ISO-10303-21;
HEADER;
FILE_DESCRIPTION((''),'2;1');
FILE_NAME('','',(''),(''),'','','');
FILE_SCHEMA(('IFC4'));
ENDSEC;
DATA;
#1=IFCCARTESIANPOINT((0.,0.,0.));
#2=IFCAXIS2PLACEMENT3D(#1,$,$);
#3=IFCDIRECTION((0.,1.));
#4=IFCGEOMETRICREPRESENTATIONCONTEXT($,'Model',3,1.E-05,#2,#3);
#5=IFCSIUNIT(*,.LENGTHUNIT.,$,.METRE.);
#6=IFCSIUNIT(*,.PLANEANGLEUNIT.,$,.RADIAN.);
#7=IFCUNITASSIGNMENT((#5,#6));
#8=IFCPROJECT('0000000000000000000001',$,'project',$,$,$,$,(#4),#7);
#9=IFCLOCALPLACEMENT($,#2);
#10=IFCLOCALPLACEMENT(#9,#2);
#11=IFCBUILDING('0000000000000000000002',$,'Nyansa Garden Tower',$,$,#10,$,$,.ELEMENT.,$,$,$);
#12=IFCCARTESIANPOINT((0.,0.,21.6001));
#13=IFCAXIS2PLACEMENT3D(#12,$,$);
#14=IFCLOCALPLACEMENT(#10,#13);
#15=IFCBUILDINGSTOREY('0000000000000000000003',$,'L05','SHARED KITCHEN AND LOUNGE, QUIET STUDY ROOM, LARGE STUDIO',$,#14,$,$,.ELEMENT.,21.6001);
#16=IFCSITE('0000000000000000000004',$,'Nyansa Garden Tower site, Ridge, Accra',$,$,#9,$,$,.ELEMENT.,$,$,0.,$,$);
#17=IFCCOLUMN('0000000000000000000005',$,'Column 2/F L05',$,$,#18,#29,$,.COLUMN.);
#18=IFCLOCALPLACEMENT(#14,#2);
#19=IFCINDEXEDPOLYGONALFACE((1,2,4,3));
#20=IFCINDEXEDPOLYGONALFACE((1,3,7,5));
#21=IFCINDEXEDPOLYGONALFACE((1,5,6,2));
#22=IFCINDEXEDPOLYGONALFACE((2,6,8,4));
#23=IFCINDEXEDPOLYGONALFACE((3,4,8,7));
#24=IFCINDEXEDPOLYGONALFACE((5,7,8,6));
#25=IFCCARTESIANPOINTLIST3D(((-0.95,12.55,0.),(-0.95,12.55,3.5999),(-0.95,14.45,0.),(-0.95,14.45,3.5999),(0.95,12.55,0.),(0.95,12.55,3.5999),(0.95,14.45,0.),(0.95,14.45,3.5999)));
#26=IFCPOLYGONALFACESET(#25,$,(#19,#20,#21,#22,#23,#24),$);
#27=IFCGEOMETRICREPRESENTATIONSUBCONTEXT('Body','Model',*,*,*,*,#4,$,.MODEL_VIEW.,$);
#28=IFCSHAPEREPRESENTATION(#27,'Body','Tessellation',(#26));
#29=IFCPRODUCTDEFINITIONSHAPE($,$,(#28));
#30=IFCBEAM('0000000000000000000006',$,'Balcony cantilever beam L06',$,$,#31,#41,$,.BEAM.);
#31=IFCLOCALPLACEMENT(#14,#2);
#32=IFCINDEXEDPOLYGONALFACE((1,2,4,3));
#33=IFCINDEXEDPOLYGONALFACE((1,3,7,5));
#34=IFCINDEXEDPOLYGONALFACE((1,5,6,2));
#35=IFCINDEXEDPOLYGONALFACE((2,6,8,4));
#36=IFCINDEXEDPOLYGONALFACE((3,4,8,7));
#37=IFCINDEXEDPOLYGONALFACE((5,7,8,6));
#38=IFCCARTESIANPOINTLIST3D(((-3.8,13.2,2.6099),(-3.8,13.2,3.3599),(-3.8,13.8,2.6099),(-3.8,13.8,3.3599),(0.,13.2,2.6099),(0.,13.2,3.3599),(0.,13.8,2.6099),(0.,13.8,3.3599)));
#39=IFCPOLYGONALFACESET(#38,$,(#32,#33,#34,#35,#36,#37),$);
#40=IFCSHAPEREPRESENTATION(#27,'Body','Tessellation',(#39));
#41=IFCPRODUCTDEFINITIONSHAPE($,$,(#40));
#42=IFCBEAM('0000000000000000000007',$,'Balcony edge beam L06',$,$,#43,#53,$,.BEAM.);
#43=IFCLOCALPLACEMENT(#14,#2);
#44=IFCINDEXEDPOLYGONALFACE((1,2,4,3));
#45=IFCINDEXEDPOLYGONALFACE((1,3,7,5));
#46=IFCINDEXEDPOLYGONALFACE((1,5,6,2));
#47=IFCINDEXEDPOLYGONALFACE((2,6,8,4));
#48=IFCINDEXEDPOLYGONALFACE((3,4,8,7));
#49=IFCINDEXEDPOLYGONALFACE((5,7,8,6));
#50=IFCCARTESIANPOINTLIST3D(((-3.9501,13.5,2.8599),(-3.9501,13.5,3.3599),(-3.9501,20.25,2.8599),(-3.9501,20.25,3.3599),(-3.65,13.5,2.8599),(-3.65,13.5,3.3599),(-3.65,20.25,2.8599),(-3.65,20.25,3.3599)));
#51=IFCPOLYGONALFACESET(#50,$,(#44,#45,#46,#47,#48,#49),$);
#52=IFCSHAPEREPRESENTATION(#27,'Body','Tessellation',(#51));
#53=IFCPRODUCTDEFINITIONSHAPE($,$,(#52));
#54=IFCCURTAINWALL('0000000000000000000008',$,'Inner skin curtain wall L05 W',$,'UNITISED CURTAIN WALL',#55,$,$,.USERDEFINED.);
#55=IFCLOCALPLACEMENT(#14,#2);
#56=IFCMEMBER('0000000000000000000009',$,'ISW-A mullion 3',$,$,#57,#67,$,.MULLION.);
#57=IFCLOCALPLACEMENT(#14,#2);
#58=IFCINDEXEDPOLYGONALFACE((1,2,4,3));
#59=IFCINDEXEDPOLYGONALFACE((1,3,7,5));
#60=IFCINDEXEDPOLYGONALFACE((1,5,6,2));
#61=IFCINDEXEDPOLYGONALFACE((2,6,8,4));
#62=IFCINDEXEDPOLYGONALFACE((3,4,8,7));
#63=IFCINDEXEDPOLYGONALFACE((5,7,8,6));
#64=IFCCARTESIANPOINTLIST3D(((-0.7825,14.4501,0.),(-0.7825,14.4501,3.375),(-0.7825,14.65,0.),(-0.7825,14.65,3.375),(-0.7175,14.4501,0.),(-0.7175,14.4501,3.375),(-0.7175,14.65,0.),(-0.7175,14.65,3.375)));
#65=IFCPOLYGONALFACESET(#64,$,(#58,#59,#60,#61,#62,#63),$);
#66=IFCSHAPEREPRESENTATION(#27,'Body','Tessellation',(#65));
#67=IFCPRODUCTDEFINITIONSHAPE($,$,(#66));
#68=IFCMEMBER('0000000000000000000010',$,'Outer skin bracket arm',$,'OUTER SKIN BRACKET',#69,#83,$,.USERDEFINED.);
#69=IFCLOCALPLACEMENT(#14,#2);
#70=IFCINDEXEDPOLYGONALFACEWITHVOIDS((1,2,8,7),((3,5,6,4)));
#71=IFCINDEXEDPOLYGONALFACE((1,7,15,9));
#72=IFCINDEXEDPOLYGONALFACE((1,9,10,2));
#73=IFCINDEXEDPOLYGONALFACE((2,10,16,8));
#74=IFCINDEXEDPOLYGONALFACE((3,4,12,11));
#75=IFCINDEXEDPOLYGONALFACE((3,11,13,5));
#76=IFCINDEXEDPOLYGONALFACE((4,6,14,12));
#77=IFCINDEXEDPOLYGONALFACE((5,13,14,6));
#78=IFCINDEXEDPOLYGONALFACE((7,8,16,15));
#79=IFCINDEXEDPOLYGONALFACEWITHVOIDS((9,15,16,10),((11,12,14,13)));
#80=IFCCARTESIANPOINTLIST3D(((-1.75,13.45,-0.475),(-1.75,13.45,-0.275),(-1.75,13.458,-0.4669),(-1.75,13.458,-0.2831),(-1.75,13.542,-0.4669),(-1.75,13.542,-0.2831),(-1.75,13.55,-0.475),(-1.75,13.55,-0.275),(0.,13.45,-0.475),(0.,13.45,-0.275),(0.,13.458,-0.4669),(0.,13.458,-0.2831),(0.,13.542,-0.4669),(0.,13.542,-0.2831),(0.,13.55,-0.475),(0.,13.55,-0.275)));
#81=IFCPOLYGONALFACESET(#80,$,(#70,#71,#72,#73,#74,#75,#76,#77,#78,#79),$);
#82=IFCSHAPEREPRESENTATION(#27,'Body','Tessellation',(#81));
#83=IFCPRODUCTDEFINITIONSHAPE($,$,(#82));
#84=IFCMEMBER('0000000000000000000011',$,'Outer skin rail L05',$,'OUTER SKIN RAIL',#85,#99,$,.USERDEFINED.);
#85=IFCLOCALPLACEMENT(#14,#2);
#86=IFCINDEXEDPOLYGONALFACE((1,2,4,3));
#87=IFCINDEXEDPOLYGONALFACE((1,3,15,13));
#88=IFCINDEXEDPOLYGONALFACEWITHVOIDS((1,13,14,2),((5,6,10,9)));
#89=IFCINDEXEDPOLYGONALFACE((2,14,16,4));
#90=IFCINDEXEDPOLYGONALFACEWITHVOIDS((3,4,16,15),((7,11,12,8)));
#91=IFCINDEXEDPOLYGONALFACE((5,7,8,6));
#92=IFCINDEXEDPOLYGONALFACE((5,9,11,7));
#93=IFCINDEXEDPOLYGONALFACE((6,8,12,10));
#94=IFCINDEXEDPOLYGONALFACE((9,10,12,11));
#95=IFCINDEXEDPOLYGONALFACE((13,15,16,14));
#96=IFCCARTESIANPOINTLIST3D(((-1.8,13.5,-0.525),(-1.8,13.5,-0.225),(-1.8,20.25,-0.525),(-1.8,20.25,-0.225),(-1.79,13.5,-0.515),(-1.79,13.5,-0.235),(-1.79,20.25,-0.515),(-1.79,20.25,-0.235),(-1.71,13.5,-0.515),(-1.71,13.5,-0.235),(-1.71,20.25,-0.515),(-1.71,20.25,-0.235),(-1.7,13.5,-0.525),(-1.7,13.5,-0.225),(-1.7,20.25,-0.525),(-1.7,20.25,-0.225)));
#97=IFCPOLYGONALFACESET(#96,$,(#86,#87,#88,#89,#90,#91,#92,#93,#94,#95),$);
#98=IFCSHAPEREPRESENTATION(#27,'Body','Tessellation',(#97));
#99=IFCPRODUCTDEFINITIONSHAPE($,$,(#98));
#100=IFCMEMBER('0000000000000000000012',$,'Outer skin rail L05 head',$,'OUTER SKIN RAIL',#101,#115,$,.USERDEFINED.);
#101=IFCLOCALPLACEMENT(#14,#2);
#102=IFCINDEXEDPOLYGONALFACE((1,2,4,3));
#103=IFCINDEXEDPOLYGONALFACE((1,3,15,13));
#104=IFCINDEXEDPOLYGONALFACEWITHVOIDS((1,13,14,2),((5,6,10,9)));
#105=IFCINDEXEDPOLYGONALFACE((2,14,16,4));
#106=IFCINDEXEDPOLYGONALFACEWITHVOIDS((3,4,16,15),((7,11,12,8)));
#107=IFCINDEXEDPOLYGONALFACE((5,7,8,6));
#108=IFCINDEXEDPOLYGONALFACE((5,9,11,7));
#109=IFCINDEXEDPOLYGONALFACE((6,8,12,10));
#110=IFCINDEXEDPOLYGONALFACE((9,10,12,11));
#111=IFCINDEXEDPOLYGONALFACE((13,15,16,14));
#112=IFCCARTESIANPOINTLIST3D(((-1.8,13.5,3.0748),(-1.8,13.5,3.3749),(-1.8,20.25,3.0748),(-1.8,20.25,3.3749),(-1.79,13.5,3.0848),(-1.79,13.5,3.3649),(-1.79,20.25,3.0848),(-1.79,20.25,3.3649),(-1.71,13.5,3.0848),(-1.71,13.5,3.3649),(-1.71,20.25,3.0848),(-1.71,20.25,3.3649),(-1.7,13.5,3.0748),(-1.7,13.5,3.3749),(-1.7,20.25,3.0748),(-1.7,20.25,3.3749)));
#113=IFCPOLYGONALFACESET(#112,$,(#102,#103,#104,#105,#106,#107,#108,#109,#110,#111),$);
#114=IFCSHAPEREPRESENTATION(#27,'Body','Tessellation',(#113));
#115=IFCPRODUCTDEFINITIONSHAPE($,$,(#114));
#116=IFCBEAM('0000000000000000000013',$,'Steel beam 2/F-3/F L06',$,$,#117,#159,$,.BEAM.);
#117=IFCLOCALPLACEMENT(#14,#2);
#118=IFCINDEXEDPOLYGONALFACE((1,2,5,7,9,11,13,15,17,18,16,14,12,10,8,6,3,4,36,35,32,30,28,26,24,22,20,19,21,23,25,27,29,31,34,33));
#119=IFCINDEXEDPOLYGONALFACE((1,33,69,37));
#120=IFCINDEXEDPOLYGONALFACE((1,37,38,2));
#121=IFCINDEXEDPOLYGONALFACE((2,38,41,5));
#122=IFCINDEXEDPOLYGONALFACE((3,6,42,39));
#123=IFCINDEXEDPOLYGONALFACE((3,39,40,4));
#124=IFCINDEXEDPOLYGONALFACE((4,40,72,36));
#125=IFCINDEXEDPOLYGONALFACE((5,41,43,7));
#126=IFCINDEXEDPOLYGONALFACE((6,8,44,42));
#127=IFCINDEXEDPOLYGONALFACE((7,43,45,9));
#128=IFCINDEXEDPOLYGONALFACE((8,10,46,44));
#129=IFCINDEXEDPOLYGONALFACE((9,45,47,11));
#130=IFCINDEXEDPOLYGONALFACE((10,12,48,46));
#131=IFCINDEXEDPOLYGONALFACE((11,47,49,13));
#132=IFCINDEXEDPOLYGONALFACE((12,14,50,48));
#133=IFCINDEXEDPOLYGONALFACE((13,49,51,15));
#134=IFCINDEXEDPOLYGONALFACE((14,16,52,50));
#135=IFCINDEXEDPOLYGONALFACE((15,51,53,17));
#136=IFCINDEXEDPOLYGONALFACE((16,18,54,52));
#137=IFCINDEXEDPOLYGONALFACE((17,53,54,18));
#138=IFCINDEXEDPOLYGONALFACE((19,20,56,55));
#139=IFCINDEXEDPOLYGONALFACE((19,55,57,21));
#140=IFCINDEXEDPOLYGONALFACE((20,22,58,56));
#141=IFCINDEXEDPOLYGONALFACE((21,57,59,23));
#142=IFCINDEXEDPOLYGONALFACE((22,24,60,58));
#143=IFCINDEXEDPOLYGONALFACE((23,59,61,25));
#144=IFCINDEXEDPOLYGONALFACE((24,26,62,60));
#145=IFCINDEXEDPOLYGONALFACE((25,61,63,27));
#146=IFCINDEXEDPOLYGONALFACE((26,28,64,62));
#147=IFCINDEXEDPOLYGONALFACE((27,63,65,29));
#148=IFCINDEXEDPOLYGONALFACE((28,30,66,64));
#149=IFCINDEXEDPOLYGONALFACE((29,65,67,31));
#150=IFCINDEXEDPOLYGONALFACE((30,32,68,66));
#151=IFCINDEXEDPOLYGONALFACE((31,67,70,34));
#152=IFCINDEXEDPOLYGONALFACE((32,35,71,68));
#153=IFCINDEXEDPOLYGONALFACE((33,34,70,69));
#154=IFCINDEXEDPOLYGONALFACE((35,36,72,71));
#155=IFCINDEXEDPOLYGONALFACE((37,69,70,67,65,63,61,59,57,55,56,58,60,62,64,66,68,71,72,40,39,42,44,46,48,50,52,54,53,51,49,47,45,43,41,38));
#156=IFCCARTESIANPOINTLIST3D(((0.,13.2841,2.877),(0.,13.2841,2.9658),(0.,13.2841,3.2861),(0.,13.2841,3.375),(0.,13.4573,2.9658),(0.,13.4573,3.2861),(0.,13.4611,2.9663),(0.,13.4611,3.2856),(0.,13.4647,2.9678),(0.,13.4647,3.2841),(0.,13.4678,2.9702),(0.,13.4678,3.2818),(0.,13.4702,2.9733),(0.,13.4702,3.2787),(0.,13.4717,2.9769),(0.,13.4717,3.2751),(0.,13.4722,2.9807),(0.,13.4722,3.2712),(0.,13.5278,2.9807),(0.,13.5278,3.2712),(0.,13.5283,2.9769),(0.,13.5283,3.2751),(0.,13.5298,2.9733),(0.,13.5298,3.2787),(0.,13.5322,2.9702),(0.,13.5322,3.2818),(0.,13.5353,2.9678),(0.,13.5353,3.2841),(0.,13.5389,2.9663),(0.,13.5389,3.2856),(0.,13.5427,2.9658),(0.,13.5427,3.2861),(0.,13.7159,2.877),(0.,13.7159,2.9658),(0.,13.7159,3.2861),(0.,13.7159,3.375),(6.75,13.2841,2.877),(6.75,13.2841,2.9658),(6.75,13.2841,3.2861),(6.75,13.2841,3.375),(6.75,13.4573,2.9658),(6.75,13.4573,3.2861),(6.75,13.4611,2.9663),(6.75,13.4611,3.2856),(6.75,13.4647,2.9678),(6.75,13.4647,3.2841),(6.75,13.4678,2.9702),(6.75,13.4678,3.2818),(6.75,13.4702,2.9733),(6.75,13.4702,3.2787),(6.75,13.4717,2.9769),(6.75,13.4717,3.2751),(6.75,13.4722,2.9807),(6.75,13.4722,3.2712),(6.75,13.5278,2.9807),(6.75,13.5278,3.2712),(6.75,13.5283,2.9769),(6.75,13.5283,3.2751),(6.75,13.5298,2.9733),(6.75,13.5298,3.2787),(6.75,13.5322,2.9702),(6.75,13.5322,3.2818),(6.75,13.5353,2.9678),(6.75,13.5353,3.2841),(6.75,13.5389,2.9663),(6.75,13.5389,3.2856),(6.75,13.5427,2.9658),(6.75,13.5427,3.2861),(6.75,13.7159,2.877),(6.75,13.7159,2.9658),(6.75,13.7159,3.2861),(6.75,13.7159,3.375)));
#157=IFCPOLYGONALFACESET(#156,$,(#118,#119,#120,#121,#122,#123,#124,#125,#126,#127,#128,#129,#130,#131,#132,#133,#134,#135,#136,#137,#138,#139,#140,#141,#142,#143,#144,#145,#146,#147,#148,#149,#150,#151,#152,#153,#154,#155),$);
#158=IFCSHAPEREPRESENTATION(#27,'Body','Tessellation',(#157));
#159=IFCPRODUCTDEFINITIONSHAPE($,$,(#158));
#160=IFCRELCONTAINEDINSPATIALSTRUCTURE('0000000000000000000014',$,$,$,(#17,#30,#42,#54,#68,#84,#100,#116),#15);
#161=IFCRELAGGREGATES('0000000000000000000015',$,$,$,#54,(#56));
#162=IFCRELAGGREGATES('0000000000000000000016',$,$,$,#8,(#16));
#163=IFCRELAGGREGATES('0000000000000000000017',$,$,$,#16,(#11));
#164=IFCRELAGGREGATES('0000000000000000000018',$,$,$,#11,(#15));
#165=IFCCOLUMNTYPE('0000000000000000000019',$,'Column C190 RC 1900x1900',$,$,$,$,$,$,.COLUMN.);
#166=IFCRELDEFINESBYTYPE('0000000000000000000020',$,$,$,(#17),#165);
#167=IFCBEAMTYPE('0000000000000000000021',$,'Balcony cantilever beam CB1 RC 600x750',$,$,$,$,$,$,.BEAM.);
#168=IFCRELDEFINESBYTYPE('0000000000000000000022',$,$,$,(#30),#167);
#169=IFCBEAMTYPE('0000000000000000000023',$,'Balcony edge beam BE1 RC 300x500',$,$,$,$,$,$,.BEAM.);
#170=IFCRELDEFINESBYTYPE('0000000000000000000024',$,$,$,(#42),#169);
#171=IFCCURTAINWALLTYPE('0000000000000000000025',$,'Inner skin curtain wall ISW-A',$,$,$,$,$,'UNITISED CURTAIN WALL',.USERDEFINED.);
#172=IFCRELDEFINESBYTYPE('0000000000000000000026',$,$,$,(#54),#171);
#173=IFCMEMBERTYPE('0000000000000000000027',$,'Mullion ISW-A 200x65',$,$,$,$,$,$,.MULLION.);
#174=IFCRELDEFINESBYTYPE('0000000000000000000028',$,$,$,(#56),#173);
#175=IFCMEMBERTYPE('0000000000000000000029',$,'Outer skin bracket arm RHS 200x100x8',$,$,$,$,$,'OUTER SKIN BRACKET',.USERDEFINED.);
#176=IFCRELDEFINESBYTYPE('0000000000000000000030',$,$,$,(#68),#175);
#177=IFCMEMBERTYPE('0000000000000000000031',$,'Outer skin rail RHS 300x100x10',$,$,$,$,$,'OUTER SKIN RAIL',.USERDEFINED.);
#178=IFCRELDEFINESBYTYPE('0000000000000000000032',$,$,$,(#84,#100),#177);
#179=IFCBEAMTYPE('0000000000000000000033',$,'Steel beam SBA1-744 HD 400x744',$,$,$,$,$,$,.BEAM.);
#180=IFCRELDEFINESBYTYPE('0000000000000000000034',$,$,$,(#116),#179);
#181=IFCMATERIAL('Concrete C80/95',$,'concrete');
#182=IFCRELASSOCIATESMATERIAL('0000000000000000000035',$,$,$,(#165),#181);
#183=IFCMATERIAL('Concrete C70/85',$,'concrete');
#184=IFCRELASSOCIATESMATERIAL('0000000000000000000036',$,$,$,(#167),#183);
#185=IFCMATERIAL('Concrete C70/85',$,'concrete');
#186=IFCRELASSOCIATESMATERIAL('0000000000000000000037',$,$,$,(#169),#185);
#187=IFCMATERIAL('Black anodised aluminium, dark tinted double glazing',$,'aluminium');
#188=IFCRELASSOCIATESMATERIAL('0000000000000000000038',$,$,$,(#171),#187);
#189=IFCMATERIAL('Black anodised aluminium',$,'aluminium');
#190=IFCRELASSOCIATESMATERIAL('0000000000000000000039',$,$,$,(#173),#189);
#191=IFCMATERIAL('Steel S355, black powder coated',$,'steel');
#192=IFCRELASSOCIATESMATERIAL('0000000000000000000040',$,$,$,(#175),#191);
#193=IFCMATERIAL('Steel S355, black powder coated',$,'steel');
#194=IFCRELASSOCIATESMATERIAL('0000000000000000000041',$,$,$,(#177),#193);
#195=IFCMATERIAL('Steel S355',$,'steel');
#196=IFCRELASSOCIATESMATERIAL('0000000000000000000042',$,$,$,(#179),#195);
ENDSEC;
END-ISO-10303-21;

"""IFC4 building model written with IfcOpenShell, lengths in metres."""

from ifc_helpers import new_model, si_unit, direction, frame, origin, origin_2d, place, context, subcontext, project, spatial, rectangle, hollow_rectangle, i_section, extrude, material, material_profile, profile_set, type_object, element, aggregate, save


model = new_model("IFC4")

# Units and contexts
model_context = context("Model", 3, precision=1e-05, world=origin(), true_north=direction((0.0, 1.0)))
body_context = subcontext(model_context, "Body", "Model", "MODEL_VIEW")
ifc_project = project(units=[si_unit("LENGTHUNIT", "METRE"), si_unit("PLANEANGLEUNIT", "RADIAN")], contexts=[model_context])

# Site, building, storey
site_placement = place(None, origin())
site = spatial("IfcSite", under=ifc_project, at=site_placement, Name="Nyansa Garden Tower site, Ridge, Accra", CompositionType="ELEMENT", RefElevation=0.0)
building_placement = place(site_placement, origin())
building = spatial("IfcBuilding", under=site, at=building_placement, Name="Nyansa Garden Tower", CompositionType="ELEMENT")
storey_placement = place(building_placement, frame((0.0, 0.0, 21.6001)))
storey = spatial("IfcBuildingStorey", under=building, at=storey_placement, Name="L05", Description="SHARED KITCHEN AND LOUNGE, QUIET STUDY ROOM, LARGE STUDIO", CompositionType="ELEMENT", Elevation=21.6001)

# Column
ifc_material_1 = material(Name="Concrete C80/95", Category="concrete")
ifc_material_profile_1 = material_profile(ifc_material_1, rectangle(XDim=1.8999, YDim=1.8999, at=origin_2d()), Name="RC 1900x1900")
ifc_profile_set_1 = profile_set([ifc_material_profile_1], Name="Concrete C80/95")
column_type = type_object("IfcColumnType", Name="Column C190 RC 1900x1900", PredefinedType="COLUMN", material=ifc_profile_set_1)
column_placement = place(storey_placement, frame((0.0, 13.5, 0.0), z_axis=(0.0, 0.0, 1.0), x_axis=(1.0, 0.0, 0.0)))
element("IfcColumn", 1, at=column_placement, inside=storey, type_object=column_type, Name="Column 2/F L05", PredefinedType="COLUMN", context=body_context, shape_type="SweptSolid", body=[
    extrude(rectangle(XDim=1.8999, YDim=1.8999, at=origin_2d()), origin(), (0.0, 0.0, 1.0), 3.5999),
])

# Beams
ifc_material_2 = material(Name="Concrete C70/85", Category="concrete")
ifc_material_profile_2 = material_profile(ifc_material_2, rectangle(XDim=0.6001, YDim=0.75, at=origin_2d()), Name="RC 600x750")
ifc_profile_set_2 = profile_set([ifc_material_profile_2], Name="Concrete C70/85")
beam_type_1 = type_object("IfcBeamType", Name="Balcony cantilever beam CB1 RC 600x750", PredefinedType="BEAM", material=ifc_profile_set_2)
beam_1_placement = place(storey_placement, frame((0.0, 13.5, 2.9849), z_axis=(-1.0, 0.0, 0.0), x_axis=(0.0, -1.0, 0.0)))
element("IfcBeam", 2, at=beam_1_placement, inside=storey, type_object=beam_type_1, Name="Balcony cantilever beam L06", PredefinedType="BEAM", context=body_context, shape_type="SweptSolid", body=[
    extrude(rectangle(XDim=0.6001, YDim=0.75, at=origin_2d()), origin(), (0.0, 0.0, 1.0), 3.8),
])
ifc_material_3 = material(Name="Concrete C70/85", Category="concrete")
ifc_material_profile_3 = material_profile(ifc_material_3, rectangle(XDim=0.3, YDim=0.5, at=origin_2d()), Name="RC 300x500")
ifc_profile_set_3 = profile_set([ifc_material_profile_3], Name="Concrete C70/85")
beam_type_2 = type_object("IfcBeamType", Name="Balcony edge beam BE1 RC 300x500", PredefinedType="BEAM", material=ifc_profile_set_3)
beam_2_placement = place(storey_placement, frame((-3.8, 13.5, 3.1099), z_axis=(0.0, 1.0, 0.0), x_axis=(-1.0, 0.0, 0.0)))
element("IfcBeam", 3, at=beam_2_placement, inside=storey, type_object=beam_type_2, Name="Balcony edge beam L06", PredefinedType="BEAM", context=body_context, shape_type="SweptSolid", body=[
    extrude(rectangle(XDim=0.3, YDim=0.5, at=origin_2d()), origin(), (0.0, 0.0, 1.0), 6.75),
])

# Curtain wall, member
ifc_material_4 = material(Name="Black anodised aluminium, dark tinted double glazing", Category="aluminium")
curtain_wall_type = type_object("IfcCurtainWallType", Name="Inner skin curtain wall ISW-A", ElementType="UNITISED CURTAIN WALL", PredefinedType="USERDEFINED", material=ifc_material_4)
curtain_wall_placement = place(storey_placement, origin())
curtain_wall = element("IfcCurtainWall", 4, at=curtain_wall_placement, inside=storey, type_object=curtain_wall_type, Name="Inner skin curtain wall L05 W", ObjectType="UNITISED CURTAIN WALL", PredefinedType="USERDEFINED")
ifc_material_5 = material(Name="Black anodised aluminium", Category="aluminium")
ifc_material_profile_4 = material_profile(ifc_material_5, rectangle(XDim=0.0649, YDim=0.2, at=origin_2d()), Name="Mullion 200x65")
ifc_profile_set_4 = profile_set([ifc_material_profile_4], Name="Black anodised aluminium")
member_type_1 = type_object("IfcMemberType", Name="Mullion ISW-A 200x65", PredefinedType="MULLION", material=ifc_profile_set_4)
member_1_placement = place(storey_placement, frame((-0.75, 14.55, 0.0), z_axis=(0.0, 0.0, 1.0), x_axis=(1.0, 0.0, 0.0)))
member_1 = element("IfcMember", 5, at=member_1_placement, type_object=member_type_1, Name="ISW-A mullion 3", PredefinedType="MULLION", context=body_context, shape_type="SweptSolid", body=[
    extrude(rectangle(XDim=0.0649, YDim=0.2, at=origin_2d()), origin(), (0.0, 0.0, 1.0), 3.375),
])

# Members
ifc_material_6 = material(Name="Steel S355, black powder coated", Category="steel")
ifc_material_profile_5 = material_profile(ifc_material_6, hollow_rectangle(XDim=0.1001, YDim=0.2, WallThickness=0.0081, at=origin_2d()), Name="RHS 200x100x8")
ifc_profile_set_5 = profile_set([ifc_material_profile_5], Name="Steel S355, black powder coated")
member_type_2 = type_object("IfcMemberType", Name="Outer skin bracket arm RHS 200x100x8", ElementType="OUTER SKIN BRACKET", PredefinedType="USERDEFINED", material=ifc_profile_set_5)
member_2_placement = place(storey_placement, frame((0.0, 13.5, -0.375), z_axis=(-1.0, 0.0, 0.0), x_axis=(0.0, -1.0, 0.0)))
element("IfcMember", 6, at=member_2_placement, inside=storey, type_object=member_type_2, Name="Outer skin bracket arm", ObjectType="OUTER SKIN BRACKET", PredefinedType="USERDEFINED", context=body_context, shape_type="SweptSolid", body=[
    extrude(hollow_rectangle(XDim=0.1001, YDim=0.2, WallThickness=0.0081, at=origin_2d()), origin(), (0.0, 0.0, 1.0), 1.75),
])
ifc_material_7 = material(Name="Steel S355, black powder coated", Category="steel")
ifc_material_profile_6 = material_profile(ifc_material_7, hollow_rectangle(XDim=0.1001, YDim=0.3, WallThickness=0.01, at=origin_2d()), Name="RHS 300x100x10")
ifc_profile_set_6 = profile_set([ifc_material_profile_6], Name="Steel S355, black powder coated")
member_type_3 = type_object("IfcMemberType", Name="Outer skin rail RHS 300x100x10", ElementType="OUTER SKIN RAIL", PredefinedType="USERDEFINED", material=ifc_profile_set_6)
for number, where, z_axis, x_axis, name in (
    (7, (-1.75, 13.5, -0.375), (0.0, 1.0, 0.0), (-1.0, 0.0, 0.0), "Outer skin rail L05"),
    (8, (-1.75, 13.5, 3.2249), (0.0, 1.0, 0.0), (-1.0, 0.0, 0.0), "Outer skin rail L05 head"),
):
    element("IfcMember", number, at=place(storey_placement, frame(where, z_axis=z_axis, x_axis=x_axis)), inside=storey, type_object=member_type_3, Name=name, ObjectType="OUTER SKIN RAIL", PredefinedType="USERDEFINED", context=body_context, shape_type="SweptSolid", body=[
        extrude(hollow_rectangle(XDim=0.1001, YDim=0.3, WallThickness=0.01, at=origin_2d()), origin(), (0.0, 0.0, 1.0), 6.75),
    ])

# Beam
ifc_material_8 = material(Name="Steel S355", Category="steel")
ifc_material_profile_7 = material_profile(ifc_material_8, i_section(OverallWidth=0.4319, OverallDepth=0.498, WebThickness=0.0557, FlangeThickness=0.0889, FilletRadius=0.0149, at=origin_2d()), Name="HD 400x744")
ifc_profile_set_7 = profile_set([ifc_material_profile_7], Name="Steel S355")
beam_type_3 = type_object("IfcBeamType", Name="Steel beam SBA1-744 HD 400x744", PredefinedType="BEAM", material=ifc_profile_set_7)
beam_3_placement = place(storey_placement, frame((0.0, 13.5, 3.126), z_axis=(1.0, 0.0, 0.0), x_axis=(0.0, 1.0, 0.0)))
element("IfcBeam", 9, at=beam_3_placement, inside=storey, type_object=beam_type_3, Name="Steel beam 2/F-3/F L06", PredefinedType="BEAM", context=body_context, shape_type="SweptSolid", body=[
    extrude(i_section(OverallWidth=0.4319, OverallDepth=0.498, WebThickness=0.0557, FlangeThickness=0.0889, FilletRadius=0.0149, at=origin_2d()), origin(), (0.0, 0.0, 1.0), 6.75),
])

aggregate(curtain_wall, [member_1])

save(model, "model.ifc")
